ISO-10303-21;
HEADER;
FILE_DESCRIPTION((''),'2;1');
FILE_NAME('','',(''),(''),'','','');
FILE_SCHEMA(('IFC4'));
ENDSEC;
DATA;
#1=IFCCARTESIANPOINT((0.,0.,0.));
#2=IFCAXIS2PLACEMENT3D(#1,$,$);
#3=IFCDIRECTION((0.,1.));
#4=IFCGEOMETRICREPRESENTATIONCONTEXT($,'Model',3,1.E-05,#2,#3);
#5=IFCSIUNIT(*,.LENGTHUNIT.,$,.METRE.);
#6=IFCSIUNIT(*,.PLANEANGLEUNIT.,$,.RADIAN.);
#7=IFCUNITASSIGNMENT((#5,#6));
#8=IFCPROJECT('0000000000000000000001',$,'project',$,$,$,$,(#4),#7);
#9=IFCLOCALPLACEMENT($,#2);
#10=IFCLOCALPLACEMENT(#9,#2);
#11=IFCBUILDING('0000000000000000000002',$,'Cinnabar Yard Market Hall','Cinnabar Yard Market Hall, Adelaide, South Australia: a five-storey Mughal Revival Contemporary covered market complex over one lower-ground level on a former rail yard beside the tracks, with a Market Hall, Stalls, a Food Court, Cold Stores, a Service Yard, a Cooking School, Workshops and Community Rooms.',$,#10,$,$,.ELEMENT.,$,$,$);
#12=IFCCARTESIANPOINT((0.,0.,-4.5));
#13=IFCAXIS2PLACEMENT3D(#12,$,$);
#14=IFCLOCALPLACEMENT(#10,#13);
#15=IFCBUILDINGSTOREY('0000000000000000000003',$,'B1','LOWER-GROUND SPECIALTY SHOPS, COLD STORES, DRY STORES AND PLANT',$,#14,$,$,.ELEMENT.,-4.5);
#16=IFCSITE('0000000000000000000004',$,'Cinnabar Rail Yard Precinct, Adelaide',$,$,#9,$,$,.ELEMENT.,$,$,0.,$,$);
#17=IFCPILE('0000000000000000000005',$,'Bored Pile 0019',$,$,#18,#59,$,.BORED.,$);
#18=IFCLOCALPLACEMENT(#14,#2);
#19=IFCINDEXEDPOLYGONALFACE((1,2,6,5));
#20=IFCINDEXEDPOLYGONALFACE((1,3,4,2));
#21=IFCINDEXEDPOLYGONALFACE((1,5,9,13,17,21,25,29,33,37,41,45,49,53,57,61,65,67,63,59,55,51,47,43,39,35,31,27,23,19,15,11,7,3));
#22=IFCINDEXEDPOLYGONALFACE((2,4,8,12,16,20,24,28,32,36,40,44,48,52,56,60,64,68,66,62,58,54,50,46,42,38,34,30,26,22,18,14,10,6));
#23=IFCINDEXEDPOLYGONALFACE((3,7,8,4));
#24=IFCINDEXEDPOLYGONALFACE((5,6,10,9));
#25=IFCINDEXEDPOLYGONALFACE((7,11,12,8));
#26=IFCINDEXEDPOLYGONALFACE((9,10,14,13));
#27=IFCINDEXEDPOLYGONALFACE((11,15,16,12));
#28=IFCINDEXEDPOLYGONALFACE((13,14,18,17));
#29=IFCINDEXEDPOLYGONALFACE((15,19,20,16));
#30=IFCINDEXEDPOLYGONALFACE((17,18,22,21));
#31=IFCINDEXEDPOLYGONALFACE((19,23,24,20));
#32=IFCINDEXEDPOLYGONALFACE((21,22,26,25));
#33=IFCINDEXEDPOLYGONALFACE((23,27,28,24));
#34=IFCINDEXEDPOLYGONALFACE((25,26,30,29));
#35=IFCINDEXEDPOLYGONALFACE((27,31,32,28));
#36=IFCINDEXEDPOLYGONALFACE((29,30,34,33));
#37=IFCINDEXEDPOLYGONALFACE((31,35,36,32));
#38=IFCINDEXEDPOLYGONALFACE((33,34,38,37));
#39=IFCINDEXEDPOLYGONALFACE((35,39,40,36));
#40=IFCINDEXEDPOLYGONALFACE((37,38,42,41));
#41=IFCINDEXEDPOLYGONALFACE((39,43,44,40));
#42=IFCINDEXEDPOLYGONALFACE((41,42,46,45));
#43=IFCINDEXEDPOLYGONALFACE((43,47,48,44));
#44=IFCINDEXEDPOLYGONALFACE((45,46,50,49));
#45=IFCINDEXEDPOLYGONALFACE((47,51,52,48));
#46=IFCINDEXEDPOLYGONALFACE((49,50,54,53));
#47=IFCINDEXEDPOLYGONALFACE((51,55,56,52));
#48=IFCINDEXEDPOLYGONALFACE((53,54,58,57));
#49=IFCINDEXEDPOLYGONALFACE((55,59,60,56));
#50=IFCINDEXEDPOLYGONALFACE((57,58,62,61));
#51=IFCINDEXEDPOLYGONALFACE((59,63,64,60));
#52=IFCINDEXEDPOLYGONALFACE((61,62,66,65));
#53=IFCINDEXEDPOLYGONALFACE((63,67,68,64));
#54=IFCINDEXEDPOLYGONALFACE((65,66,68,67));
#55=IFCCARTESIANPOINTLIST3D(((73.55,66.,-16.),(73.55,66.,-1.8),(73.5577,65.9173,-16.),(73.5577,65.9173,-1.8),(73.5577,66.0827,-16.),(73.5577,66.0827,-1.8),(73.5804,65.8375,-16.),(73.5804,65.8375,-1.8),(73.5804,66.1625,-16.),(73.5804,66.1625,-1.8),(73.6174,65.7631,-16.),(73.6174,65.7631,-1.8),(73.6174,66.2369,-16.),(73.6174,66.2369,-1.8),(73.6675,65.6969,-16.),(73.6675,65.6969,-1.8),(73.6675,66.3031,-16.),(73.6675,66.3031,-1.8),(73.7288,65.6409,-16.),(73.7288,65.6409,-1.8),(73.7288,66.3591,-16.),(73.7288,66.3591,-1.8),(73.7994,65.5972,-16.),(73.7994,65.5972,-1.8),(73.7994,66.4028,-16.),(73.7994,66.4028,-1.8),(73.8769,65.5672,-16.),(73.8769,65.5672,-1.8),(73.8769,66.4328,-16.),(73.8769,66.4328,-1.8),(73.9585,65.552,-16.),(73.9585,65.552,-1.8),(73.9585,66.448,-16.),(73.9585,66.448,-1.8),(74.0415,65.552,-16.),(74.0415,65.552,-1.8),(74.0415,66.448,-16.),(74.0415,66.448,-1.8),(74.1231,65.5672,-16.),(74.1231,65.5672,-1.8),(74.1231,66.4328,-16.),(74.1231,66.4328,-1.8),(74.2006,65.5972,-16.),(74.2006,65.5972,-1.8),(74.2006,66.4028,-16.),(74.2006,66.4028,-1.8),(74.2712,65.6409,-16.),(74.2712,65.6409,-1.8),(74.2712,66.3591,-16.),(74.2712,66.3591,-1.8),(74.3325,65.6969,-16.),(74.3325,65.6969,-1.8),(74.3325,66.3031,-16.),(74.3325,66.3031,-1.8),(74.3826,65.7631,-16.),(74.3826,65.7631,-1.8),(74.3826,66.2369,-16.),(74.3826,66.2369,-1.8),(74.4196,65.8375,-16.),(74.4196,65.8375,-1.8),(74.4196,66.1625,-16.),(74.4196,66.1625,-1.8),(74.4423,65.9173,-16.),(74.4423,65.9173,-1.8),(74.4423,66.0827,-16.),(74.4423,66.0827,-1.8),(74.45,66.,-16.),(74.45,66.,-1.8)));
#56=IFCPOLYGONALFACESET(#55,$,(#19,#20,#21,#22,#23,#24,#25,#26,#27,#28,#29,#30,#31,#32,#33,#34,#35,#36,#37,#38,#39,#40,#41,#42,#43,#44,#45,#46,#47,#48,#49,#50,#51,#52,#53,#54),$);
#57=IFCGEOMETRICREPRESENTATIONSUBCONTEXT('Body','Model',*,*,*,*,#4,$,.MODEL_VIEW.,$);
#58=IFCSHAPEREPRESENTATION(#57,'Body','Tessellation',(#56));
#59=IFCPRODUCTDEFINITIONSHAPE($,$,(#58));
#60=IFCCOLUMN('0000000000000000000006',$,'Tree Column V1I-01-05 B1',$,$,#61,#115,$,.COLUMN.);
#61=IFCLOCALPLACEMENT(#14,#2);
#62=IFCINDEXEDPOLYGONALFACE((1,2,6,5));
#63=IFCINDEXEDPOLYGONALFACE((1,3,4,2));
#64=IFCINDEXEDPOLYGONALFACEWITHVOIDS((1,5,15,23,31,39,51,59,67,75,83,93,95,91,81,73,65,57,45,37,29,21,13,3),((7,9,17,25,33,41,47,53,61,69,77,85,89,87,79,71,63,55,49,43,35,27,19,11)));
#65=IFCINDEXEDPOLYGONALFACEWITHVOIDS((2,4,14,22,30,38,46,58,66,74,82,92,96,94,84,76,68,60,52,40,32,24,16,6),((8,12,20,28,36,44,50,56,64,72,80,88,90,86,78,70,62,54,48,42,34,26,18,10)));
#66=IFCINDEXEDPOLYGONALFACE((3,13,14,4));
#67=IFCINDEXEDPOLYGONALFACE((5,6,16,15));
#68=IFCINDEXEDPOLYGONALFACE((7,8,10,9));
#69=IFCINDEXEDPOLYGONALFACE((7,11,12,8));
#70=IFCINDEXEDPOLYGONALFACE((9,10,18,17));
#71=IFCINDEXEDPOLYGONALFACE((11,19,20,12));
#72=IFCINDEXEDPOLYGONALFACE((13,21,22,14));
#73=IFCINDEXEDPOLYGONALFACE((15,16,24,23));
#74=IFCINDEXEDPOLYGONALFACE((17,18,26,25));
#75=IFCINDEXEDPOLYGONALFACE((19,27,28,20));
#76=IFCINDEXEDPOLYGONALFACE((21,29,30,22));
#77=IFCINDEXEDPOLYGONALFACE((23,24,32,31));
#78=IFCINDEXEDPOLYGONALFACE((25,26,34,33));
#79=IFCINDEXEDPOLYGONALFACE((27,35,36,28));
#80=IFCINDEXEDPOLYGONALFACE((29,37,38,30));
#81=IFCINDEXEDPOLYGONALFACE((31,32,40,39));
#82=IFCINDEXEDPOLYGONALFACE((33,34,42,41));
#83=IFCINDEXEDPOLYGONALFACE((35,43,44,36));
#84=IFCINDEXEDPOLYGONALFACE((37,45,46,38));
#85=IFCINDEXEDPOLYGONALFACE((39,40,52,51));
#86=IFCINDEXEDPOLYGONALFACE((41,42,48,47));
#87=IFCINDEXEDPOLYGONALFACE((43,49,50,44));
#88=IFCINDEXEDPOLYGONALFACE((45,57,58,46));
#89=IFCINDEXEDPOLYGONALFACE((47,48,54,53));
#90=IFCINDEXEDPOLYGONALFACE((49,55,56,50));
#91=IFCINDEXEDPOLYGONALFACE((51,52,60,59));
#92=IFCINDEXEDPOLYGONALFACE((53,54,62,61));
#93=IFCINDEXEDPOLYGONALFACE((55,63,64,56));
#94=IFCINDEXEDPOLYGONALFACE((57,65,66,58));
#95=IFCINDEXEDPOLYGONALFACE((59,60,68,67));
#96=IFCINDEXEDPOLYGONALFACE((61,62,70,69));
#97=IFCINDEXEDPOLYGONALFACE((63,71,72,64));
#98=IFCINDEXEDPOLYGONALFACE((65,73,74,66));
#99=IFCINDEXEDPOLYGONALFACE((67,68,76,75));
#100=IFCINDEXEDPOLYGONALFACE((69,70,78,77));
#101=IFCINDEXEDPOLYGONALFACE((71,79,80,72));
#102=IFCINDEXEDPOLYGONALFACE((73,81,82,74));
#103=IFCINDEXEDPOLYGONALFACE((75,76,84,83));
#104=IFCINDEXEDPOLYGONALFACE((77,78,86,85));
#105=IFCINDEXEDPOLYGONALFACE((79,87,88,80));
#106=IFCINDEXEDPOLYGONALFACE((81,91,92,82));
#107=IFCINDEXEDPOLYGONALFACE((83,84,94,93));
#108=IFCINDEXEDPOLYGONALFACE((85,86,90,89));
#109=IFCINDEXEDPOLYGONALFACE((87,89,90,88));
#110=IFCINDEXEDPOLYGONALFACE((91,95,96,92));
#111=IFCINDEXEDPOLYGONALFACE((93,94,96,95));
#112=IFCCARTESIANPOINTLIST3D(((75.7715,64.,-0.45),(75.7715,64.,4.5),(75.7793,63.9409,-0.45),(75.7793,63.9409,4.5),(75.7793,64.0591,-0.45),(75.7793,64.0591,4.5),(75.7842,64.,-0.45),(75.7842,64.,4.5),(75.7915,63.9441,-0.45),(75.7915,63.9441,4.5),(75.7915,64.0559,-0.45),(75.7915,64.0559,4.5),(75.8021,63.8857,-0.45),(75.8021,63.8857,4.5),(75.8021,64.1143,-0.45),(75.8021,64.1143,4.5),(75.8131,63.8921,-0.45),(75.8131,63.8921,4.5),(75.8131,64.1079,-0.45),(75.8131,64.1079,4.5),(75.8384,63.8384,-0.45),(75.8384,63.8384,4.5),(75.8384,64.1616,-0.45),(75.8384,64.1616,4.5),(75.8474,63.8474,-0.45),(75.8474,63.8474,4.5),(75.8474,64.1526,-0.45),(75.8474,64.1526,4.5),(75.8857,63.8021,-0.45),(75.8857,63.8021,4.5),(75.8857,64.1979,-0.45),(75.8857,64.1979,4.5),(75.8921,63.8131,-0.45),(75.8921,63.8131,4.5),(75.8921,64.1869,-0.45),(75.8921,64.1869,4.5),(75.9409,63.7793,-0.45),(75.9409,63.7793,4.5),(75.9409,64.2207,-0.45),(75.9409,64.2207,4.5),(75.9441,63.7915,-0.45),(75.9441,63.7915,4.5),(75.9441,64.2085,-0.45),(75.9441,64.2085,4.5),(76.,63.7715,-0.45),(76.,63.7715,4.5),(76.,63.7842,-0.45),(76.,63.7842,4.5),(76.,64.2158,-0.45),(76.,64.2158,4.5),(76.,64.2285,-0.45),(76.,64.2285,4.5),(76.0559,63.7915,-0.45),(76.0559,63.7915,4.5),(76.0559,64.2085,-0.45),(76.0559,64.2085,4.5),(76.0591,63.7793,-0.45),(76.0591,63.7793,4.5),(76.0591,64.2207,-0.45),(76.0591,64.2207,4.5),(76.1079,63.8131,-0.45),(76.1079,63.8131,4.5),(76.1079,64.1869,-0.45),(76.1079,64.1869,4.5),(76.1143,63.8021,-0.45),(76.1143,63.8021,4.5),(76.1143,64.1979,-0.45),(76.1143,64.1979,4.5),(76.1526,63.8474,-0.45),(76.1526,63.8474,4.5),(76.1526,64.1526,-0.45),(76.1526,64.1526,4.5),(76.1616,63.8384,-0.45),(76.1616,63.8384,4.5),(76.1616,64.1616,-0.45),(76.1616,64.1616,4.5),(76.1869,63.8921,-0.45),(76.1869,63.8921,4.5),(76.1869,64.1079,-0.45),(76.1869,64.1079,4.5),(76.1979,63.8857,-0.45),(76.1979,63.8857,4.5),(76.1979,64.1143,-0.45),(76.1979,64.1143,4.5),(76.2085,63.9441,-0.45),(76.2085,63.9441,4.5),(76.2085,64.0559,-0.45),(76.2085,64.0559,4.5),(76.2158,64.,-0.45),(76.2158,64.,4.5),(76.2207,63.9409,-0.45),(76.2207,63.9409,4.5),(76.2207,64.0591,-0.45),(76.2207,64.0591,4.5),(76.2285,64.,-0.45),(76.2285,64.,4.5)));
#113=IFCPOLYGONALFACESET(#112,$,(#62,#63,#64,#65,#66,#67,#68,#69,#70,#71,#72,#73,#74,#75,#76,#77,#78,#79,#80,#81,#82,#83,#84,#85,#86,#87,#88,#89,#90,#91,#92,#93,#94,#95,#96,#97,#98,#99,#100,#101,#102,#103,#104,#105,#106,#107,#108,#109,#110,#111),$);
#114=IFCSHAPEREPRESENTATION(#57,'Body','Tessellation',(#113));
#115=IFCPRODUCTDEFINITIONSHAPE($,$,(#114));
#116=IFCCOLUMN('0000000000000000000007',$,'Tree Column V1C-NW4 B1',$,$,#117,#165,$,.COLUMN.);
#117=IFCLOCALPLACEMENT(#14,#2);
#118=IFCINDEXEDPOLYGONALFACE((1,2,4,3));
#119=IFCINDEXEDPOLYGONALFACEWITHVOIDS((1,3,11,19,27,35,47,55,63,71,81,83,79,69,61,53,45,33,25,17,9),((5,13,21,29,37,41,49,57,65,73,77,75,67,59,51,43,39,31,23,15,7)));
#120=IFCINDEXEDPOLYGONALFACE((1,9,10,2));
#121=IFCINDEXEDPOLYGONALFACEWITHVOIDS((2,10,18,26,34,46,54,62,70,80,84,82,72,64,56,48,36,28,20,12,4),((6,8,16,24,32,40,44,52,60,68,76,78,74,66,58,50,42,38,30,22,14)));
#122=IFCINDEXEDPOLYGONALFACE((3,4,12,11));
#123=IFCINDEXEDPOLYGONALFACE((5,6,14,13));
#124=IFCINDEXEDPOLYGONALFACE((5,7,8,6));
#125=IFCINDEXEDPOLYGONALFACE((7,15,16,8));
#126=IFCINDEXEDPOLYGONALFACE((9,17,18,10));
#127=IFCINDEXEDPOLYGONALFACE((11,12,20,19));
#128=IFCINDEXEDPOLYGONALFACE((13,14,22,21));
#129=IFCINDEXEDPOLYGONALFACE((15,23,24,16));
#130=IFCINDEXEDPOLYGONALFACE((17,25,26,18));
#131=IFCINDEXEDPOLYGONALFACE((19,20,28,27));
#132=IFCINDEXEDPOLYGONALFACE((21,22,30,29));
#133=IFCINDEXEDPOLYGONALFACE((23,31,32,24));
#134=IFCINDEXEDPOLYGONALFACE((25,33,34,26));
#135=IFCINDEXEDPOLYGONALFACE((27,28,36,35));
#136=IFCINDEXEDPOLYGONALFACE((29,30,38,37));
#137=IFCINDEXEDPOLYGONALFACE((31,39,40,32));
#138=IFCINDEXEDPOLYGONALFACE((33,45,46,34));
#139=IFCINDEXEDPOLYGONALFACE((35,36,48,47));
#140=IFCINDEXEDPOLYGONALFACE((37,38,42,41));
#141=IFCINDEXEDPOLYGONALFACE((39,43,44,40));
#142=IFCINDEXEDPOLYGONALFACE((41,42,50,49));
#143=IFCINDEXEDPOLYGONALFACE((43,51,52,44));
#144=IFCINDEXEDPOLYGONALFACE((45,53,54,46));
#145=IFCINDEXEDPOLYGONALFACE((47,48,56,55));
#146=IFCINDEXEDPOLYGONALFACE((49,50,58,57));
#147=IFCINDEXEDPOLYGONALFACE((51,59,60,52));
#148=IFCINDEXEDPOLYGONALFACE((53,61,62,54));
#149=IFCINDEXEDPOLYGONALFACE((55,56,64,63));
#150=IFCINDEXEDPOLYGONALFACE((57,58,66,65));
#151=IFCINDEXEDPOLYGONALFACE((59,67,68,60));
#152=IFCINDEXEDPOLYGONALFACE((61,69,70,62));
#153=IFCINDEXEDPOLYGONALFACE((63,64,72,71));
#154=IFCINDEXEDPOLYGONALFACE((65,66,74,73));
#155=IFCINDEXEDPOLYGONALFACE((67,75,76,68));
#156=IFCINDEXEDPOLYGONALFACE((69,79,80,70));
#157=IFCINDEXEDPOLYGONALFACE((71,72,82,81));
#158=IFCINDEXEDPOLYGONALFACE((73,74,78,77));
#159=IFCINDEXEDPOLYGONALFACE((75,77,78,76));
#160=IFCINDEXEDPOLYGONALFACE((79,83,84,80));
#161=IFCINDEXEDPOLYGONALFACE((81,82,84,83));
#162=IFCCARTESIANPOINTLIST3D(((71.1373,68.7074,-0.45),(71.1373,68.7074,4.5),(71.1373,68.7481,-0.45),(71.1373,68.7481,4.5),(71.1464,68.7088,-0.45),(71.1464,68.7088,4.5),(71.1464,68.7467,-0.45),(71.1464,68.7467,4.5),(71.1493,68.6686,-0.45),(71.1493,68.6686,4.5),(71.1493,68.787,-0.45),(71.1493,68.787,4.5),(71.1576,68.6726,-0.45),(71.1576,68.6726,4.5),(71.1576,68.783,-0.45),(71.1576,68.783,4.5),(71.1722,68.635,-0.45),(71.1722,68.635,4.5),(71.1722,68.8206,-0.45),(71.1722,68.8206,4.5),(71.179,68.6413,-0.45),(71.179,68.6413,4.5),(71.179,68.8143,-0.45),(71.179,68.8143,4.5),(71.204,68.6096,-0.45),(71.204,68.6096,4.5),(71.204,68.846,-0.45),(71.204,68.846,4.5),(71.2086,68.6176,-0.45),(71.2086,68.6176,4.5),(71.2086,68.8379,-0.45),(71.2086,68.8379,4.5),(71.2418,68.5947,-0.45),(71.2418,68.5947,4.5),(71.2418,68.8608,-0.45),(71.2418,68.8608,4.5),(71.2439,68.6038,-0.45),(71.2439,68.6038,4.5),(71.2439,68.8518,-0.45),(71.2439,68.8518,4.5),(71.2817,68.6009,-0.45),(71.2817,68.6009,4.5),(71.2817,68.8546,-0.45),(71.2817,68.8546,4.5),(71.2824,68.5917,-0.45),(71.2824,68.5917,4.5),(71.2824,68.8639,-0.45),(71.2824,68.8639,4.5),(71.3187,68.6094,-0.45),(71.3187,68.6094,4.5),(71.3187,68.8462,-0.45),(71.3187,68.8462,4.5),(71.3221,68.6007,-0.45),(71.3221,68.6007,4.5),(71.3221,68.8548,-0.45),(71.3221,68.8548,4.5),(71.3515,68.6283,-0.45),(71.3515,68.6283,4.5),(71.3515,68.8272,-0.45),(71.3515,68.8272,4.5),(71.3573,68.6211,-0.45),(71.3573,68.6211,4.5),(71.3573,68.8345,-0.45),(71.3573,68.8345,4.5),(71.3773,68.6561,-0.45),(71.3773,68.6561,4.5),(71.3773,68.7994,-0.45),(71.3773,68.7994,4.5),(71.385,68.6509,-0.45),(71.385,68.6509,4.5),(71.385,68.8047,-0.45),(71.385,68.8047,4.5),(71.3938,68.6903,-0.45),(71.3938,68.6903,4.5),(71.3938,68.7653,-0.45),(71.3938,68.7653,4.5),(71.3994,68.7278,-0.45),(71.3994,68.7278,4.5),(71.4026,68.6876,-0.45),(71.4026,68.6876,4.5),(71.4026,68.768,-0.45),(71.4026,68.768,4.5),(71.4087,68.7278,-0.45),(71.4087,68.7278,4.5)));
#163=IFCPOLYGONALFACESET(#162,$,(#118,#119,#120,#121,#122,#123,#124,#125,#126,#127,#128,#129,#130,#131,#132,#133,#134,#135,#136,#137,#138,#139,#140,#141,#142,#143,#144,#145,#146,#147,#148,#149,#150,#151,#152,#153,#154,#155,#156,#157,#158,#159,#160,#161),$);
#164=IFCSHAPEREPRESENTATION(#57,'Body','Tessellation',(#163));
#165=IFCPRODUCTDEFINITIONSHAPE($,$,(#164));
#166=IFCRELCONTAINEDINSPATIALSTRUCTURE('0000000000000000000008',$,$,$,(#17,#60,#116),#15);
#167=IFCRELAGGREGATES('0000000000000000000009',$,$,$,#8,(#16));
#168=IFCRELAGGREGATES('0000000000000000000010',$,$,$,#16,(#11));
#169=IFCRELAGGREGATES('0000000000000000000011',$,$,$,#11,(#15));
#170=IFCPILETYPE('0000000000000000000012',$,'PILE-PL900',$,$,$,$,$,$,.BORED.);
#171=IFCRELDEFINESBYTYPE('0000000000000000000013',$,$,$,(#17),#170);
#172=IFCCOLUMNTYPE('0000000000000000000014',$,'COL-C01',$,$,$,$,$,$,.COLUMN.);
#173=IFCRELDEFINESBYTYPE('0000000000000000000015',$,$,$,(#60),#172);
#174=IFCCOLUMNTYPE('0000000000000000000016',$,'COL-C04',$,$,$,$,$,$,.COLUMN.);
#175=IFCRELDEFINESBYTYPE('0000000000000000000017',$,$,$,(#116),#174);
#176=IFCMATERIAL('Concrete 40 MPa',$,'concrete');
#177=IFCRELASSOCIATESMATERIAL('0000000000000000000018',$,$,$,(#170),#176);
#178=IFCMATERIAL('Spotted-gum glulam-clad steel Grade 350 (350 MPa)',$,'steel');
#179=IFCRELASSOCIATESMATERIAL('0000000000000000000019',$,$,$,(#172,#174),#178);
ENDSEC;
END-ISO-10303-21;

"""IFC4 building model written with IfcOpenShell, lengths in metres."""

from ifc_helpers import new_model, si_unit, direction, frame, origin, origin_2d_with_axis, place, context, subcontext, project, spatial, circle, hollow_circle, extrude, material, material_profile, profile_set, type_object, element, save


model = new_model("IFC4")

# Units and contexts
model_context = context("Model", 3, precision=1e-05, world=origin(), true_north=direction((0.0, 1.0)))
body_context = subcontext(model_context, "Body", "Model", "MODEL_VIEW")
ifc_project = project(units=[si_unit("LENGTHUNIT", "METRE"), si_unit("PLANEANGLEUNIT", "RADIAN")], contexts=[model_context])

# Site, building, storey
site_placement = place(None, origin())
site = spatial("IfcSite", under=ifc_project, at=site_placement, Name="Cinnabar Rail Yard Precinct, Adelaide", CompositionType="ELEMENT", RefElevation=0.0)
building_placement = place(site_placement, origin())
building = spatial("IfcBuilding", under=site, at=building_placement, Name="Cinnabar Yard Market Hall", Description="Cinnabar Yard Market Hall, Adelaide, South Australia: a five-storey Mughal Revival Contemporary covered market complex over one lower-ground level on a former rail yard beside the tracks, with a Market Hall, Stalls, a Food Court, Cold Stores, a Service Yard, a Cooking School, Workshops and Community Rooms.", CompositionType="ELEMENT")
storey_placement = place(building_placement, frame((0.0, 0.0, -4.5)))
storey = spatial("IfcBuildingStorey", under=building, at=storey_placement, Name="B1", Description="LOWER-GROUND SPECIALTY SHOPS, COLD STORES, DRY STORES AND PLANT", CompositionType="ELEMENT", Elevation=-4.5)

# Shared definitions
ifc_material_1 = material(Name="Concrete 40 MPa", Category="concrete")

# Pile
ifc_material_profile_1 = material_profile(ifc_material_1, circle(Radius=0.45, at=origin_2d_with_axis()), Name="PILE-D900")
ifc_profile_set_1 = profile_set([ifc_material_profile_1], Name="Concrete 40 MPa")
pile_type_1 = type_object("IfcPileType", Name="PILE-PL900", PredefinedType="BORED", material=ifc_profile_set_1)
pile_placement = place(storey_placement, frame((74.0, 66.0, -1.8), z_axis=(0.0, 0.0, -1.0), x_axis=(1.0, 0.0, 0.0)))
element("IfcPile", 1, at=pile_placement, inside=storey, type_object=pile_type_1, Name="Bored Pile 0019", PredefinedType="BORED", context=body_context, shape_type="SweptSolid", body=[
    extrude(circle(Radius=0.45, at=origin_2d_with_axis()), origin(), (0.0, 0.0, 1.0), 14.2),
])

# Columns
ifc_material_2 = material(Name="Spotted-gum glulam-clad steel Grade 350 (350 MPa)", Category="steel")
ifc_material_profile_2 = material_profile(ifc_material_2, hollow_circle(Radius=0.2285, WallThickness=0.0127, at=origin_2d_with_axis()), Name="457.0x12.7CHS")
ifc_profile_set_2 = profile_set([ifc_material_profile_2], Name="Spotted-gum glulam-clad steel Grade 350 (350 MPa)")
column_type_1 = type_object("IfcColumnType", Name="COL-C01", PredefinedType="COLUMN", material=ifc_profile_set_2)
column_1_placement = place(storey_placement, frame((76.0, 64.0, -0.45), z_axis=(0.0, 0.0, 1.0), x_axis=(1.0, 0.0, 0.0)))
element("IfcColumn", 2, at=column_1_placement, inside=storey, type_object=column_type_1, Name="Tree Column V1I-01-05 B1", PredefinedType="COLUMN", context=body_context, shape_type="SweptSolid", body=[
    extrude(hollow_circle(Radius=0.2285, WallThickness=0.0127, at=origin_2d_with_axis()), origin(), (0.0, 0.0, 1.0), 4.95),
])
ifc_material_profile_3 = material_profile(ifc_material_2, hollow_circle(Radius=0.1365, WallThickness=0.0093, at=origin_2d_with_axis()), Name="273.1x9.3CHS")
ifc_profile_set_3 = profile_set([ifc_material_profile_3], Name="Spotted-gum glulam-clad steel Grade 350 (350 MPa)")
column_type_2 = type_object("IfcColumnType", Name="COL-C04", PredefinedType="COLUMN", material=ifc_profile_set_3)
column_2_placement = place(storey_placement, frame((71.2722, 68.7278, -0.45), z_axis=(0.0, 0.0, 1.0), x_axis=(1.0, 0.0, 0.0)))
element("IfcColumn", 3, at=column_2_placement, inside=storey, type_object=column_type_2, Name="Tree Column V1C-NW4 B1", PredefinedType="COLUMN", context=body_context, shape_type="SweptSolid", body=[
    extrude(hollow_circle(Radius=0.1365, WallThickness=0.0093, at=origin_2d_with_axis()), origin(), (0.0, 0.0, 1.0), 4.95),
])

save(model, "model.ifc")
